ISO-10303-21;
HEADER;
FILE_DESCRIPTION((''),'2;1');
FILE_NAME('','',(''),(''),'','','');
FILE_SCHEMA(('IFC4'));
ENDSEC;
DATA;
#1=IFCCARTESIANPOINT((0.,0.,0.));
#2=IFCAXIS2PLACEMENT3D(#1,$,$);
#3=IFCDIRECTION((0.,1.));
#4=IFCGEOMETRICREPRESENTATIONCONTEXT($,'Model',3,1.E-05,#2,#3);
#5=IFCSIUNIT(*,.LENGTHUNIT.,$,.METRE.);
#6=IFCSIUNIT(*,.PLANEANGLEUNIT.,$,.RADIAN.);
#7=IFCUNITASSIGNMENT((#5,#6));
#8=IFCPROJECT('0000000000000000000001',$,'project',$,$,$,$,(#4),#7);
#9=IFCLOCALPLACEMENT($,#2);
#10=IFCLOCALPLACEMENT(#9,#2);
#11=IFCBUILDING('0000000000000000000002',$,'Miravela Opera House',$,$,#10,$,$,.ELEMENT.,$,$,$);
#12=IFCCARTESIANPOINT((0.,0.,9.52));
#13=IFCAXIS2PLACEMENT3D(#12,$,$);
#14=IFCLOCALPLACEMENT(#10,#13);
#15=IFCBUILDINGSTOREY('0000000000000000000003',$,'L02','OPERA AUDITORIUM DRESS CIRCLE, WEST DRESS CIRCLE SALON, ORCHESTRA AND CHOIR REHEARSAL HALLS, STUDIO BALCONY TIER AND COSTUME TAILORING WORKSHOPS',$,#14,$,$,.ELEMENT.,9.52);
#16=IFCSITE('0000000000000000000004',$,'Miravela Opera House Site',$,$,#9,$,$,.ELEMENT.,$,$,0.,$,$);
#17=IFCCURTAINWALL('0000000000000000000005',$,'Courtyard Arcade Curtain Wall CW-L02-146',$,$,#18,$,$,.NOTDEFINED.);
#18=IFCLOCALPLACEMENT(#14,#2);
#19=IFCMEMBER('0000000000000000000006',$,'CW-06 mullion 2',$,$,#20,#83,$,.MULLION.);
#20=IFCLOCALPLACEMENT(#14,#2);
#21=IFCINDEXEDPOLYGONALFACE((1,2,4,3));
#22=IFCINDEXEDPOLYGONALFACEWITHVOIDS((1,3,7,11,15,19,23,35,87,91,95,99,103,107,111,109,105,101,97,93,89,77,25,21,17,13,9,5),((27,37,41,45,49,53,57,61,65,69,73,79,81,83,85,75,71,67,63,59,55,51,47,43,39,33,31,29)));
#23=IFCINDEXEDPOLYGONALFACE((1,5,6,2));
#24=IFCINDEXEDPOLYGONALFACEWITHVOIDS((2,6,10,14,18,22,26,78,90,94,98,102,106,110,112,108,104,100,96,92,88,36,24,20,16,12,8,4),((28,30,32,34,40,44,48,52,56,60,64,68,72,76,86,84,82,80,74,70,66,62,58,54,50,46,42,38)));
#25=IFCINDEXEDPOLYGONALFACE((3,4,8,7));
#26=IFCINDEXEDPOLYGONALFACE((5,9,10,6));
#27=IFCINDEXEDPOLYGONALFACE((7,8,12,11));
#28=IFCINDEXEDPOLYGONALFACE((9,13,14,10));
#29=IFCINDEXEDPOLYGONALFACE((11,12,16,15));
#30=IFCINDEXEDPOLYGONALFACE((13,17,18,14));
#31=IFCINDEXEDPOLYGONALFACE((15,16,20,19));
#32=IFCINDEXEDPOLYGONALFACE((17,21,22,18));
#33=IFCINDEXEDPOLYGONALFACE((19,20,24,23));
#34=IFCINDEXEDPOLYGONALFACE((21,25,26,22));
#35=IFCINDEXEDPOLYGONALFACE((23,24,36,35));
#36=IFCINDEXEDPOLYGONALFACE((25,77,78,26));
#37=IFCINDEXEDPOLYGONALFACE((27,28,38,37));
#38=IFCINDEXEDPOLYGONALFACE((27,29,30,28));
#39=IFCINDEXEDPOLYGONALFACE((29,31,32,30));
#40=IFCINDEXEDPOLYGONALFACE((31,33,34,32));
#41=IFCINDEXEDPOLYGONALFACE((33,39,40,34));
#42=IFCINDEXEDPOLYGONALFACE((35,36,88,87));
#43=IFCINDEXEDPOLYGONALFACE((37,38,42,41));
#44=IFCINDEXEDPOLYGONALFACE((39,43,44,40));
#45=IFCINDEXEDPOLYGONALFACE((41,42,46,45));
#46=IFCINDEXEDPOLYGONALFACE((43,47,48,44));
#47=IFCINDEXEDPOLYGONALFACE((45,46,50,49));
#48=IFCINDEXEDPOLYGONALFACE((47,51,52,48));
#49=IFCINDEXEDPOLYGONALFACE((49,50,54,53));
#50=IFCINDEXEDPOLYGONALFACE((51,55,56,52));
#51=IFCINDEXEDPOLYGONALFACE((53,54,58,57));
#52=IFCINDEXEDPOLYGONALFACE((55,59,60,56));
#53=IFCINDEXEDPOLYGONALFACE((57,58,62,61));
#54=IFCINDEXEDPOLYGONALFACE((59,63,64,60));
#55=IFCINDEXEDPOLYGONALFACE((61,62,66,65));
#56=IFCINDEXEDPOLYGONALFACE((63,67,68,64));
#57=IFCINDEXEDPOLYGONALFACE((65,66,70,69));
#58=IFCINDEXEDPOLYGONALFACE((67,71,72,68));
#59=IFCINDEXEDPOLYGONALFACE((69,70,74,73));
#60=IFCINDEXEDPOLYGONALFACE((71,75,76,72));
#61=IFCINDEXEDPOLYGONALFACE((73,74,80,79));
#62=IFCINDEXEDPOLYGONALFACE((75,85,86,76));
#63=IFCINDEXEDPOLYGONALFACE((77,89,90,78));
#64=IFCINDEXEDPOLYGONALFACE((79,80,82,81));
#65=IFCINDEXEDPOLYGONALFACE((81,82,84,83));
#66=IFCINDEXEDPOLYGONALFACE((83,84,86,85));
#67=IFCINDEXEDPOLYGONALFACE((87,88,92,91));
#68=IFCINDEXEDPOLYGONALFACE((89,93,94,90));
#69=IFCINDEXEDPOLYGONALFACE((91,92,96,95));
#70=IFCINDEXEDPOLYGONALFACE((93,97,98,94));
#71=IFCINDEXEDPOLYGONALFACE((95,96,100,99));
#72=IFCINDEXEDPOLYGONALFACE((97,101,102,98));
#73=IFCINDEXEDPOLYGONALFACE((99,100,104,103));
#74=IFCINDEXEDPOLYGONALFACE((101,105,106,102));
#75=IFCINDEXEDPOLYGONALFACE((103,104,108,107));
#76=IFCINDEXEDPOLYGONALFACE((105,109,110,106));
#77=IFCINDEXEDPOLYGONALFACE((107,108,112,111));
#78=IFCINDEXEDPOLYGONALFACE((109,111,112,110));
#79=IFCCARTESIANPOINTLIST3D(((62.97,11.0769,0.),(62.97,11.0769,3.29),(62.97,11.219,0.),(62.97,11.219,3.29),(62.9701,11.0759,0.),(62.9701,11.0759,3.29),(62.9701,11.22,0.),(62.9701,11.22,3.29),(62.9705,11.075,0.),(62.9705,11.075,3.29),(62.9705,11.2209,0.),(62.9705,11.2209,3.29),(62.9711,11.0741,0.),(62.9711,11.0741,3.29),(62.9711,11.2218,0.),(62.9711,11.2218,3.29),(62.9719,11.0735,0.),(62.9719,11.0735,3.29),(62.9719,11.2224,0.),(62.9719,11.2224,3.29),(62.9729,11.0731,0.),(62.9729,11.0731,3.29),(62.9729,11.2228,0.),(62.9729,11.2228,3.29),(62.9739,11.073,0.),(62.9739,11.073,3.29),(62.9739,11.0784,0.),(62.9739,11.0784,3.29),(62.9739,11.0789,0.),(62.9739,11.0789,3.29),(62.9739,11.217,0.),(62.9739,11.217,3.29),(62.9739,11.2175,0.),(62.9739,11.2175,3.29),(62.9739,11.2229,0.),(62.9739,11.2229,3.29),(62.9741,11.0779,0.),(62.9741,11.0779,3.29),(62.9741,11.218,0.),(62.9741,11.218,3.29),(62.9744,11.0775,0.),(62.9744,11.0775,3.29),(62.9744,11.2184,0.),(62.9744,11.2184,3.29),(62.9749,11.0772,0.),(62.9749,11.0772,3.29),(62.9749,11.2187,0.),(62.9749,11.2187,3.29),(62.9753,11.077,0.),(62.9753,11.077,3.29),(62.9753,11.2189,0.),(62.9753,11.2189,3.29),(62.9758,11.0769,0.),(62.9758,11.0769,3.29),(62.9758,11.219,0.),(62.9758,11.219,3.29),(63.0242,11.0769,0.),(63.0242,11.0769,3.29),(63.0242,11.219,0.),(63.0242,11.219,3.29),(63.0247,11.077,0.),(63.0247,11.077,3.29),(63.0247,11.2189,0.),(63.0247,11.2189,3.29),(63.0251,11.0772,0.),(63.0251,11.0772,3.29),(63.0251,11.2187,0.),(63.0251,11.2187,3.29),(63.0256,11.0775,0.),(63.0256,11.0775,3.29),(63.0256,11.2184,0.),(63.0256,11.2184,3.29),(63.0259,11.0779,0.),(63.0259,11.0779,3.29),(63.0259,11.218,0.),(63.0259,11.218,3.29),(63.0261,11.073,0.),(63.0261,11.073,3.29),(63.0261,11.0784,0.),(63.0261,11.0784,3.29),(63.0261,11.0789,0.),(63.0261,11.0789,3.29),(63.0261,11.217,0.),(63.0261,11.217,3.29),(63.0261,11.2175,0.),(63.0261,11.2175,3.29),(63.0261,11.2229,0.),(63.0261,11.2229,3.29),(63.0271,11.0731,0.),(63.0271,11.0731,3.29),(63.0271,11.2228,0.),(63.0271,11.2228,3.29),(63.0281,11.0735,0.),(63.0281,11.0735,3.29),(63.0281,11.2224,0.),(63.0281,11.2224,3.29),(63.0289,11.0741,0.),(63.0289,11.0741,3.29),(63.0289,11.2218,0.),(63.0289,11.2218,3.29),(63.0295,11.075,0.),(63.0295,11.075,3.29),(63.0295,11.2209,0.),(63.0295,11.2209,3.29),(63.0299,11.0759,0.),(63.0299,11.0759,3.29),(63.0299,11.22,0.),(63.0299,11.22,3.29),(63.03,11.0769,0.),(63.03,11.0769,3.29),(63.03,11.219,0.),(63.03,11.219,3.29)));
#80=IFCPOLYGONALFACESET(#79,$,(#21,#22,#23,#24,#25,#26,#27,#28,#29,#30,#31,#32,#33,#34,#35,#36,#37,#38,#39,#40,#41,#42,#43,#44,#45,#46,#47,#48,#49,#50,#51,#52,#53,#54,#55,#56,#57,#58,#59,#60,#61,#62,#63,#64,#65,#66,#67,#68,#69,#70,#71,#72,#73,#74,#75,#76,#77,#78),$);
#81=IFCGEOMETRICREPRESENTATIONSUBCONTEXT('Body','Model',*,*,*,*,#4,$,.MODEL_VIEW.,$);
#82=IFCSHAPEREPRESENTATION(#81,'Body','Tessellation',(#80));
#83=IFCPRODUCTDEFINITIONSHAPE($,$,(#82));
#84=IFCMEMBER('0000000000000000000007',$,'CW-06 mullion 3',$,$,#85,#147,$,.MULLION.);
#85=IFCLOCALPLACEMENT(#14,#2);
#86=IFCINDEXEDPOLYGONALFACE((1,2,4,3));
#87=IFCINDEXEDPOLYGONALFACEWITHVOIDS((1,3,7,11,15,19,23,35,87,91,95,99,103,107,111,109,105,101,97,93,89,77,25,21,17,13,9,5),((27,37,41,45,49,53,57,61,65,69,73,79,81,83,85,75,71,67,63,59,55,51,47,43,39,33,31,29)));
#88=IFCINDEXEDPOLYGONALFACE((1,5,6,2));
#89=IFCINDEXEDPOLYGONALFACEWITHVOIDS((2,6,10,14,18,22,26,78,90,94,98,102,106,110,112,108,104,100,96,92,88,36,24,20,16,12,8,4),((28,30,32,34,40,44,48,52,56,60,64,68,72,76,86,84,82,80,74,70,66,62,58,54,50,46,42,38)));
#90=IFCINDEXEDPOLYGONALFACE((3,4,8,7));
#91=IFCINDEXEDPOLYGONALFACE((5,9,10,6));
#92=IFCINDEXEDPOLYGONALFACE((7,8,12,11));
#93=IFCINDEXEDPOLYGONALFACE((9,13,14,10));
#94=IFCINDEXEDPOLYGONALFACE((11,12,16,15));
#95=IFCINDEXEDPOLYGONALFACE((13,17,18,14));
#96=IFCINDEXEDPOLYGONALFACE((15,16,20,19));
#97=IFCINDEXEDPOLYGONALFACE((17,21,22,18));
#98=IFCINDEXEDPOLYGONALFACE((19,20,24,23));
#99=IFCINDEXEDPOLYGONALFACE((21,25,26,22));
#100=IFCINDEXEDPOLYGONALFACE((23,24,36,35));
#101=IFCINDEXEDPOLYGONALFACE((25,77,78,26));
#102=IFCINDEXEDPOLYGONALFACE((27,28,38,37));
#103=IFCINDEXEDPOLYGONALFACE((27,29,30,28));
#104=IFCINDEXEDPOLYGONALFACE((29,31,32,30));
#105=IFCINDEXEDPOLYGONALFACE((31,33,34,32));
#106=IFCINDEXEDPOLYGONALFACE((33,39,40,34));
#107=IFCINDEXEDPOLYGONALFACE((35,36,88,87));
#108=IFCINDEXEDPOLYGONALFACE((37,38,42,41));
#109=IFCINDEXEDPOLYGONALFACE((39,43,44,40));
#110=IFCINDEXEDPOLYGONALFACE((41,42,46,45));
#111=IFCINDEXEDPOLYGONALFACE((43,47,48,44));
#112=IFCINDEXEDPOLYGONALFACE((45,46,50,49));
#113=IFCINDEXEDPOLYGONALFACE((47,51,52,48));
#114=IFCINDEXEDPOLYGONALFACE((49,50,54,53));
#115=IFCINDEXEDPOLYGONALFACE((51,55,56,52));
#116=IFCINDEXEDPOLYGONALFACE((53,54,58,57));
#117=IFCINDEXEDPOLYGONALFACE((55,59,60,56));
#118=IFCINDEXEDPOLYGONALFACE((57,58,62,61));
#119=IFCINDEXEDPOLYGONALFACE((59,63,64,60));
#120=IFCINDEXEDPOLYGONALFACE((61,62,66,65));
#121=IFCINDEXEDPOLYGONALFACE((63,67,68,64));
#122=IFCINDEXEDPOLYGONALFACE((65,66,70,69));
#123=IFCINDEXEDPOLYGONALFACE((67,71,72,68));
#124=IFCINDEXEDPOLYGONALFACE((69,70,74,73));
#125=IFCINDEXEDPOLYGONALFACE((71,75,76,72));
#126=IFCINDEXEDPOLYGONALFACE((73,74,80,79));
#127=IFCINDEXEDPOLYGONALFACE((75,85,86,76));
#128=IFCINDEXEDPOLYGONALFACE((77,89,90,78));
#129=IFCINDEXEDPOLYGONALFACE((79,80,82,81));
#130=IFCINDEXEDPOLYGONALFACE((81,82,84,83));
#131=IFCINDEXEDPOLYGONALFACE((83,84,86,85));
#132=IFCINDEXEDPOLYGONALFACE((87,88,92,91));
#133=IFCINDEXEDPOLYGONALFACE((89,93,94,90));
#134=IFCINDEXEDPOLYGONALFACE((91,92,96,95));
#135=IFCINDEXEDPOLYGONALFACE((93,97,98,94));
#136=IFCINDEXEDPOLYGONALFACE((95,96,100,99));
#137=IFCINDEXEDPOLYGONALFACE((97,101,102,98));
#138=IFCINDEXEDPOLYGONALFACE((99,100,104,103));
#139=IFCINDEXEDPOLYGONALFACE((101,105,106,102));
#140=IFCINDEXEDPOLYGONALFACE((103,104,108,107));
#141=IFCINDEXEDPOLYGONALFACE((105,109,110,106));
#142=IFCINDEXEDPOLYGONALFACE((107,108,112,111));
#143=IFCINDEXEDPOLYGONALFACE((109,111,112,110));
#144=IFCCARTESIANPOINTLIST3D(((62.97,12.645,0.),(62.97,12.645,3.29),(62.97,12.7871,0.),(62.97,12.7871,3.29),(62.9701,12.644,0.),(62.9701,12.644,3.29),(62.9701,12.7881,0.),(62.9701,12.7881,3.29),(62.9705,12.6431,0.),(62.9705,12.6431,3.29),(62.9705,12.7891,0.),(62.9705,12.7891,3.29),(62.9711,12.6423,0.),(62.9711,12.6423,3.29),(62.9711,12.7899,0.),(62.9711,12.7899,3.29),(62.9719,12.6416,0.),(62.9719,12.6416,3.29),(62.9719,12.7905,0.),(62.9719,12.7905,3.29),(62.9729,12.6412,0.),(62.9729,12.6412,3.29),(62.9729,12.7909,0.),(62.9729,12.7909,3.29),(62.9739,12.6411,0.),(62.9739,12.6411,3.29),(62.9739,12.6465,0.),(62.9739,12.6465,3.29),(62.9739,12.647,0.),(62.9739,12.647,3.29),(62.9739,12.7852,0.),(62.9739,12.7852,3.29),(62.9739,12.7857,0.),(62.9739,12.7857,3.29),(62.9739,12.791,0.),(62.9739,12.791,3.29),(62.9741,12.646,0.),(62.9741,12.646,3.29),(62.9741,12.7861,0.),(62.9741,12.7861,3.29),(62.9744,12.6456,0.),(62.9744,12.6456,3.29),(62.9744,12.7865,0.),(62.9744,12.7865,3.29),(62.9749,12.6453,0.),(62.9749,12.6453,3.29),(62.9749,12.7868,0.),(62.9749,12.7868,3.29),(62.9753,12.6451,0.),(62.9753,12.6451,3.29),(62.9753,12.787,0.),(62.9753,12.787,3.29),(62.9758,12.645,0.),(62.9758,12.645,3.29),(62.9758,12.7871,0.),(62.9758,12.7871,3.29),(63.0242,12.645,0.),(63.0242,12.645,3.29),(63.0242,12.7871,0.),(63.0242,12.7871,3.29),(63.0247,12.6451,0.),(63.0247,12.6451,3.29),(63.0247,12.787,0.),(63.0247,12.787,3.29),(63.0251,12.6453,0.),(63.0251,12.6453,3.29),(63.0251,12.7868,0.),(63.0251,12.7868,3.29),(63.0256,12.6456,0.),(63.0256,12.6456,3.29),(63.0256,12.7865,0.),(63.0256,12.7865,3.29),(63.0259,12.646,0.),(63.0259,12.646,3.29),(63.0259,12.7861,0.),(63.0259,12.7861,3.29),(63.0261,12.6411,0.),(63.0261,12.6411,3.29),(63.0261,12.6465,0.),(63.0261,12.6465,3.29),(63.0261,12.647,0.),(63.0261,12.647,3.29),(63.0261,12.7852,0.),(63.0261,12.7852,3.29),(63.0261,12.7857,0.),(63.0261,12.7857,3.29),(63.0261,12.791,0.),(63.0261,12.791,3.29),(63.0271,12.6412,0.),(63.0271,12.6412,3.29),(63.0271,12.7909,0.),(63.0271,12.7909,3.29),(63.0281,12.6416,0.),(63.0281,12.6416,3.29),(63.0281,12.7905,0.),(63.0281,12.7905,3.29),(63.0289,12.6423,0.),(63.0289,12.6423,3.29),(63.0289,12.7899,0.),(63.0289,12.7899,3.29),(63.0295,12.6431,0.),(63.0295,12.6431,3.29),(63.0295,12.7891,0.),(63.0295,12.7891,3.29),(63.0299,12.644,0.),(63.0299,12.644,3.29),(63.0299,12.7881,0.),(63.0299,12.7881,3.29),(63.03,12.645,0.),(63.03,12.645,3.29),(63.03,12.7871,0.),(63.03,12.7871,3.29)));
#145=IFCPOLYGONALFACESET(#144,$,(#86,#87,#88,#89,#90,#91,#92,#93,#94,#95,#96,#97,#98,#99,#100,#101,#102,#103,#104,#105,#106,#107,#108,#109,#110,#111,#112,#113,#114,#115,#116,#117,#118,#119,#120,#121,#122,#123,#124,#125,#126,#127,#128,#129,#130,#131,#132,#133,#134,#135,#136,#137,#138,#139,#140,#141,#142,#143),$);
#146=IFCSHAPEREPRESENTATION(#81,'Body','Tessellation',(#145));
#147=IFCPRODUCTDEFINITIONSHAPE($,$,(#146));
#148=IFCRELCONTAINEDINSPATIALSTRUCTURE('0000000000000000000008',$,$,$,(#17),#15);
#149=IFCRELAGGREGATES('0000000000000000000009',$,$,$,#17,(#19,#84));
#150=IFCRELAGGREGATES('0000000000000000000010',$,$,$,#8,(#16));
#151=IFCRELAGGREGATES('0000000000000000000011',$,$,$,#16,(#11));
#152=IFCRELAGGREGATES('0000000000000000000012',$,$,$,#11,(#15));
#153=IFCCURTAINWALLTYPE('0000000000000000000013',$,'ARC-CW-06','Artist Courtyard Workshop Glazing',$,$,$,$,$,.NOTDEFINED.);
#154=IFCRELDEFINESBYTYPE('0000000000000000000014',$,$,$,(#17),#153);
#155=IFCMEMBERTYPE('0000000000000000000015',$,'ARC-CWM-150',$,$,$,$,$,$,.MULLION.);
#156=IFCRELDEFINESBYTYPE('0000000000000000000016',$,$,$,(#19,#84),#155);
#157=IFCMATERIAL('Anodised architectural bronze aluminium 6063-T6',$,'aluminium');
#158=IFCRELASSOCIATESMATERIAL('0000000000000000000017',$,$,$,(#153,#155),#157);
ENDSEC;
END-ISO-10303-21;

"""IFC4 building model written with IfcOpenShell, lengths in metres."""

from ifc_helpers import new_model, si_unit, direction, frame, origin, origin_2d, place, context, subcontext, project, spatial, hollow_rectangle, extrude, material, material_profile, profile_set, type_object, element, aggregate, save


model = new_model("IFC4")

# Units and contexts
model_context = context("Model", 3, precision=1e-05, world=origin(), true_north=direction((0.0, 1.0)))
body_context = subcontext(model_context, "Body", "Model", "MODEL_VIEW")
ifc_project = project(units=[si_unit("LENGTHUNIT", "METRE"), si_unit("PLANEANGLEUNIT", "RADIAN")], contexts=[model_context])

# Site, building, storey
site_placement = place(None, origin())
site = spatial("IfcSite", under=ifc_project, at=site_placement, Name="Miravela Opera House Site", CompositionType="ELEMENT", RefElevation=0.0)
building_placement = place(site_placement, origin())
building = spatial("IfcBuilding", under=site, at=building_placement, Name="Miravela Opera House", CompositionType="ELEMENT")
storey_placement = place(building_placement, frame((0.0, 0.0, 9.52)))
storey = spatial("IfcBuildingStorey", under=building, at=storey_placement, Name="L02", Description="OPERA AUDITORIUM DRESS CIRCLE, WEST DRESS CIRCLE SALON, ORCHESTRA AND CHOIR REHEARSAL HALLS, STUDIO BALCONY TIER AND COSTUME TAILORING WORKSHOPS", CompositionType="ELEMENT", Elevation=9.52)

# Curtain wall, members
ifc_material_1 = material(Name="Anodised architectural bronze aluminium 6063-T6", Category="aluminium")
curtain_wall_type = type_object("IfcCurtainWallType", Name="ARC-CW-06", Description="Artist Courtyard Workshop Glazing", PredefinedType="NOTDEFINED", material=ifc_material_1)
curtain_wall_placement = place(storey_placement, origin())
curtain_wall = element("IfcCurtainWall", 1, at=curtain_wall_placement, inside=storey, type_object=curtain_wall_type, Name="Courtyard Arcade Curtain Wall CW-L02-146", PredefinedType="NOTDEFINED")
ifc_material_profile_1 = material_profile(ifc_material_1, hollow_rectangle(XDim=0.0601, YDim=0.1499, WallThickness=0.0039, InnerFilletRadius=0.002, OuterFilletRadius=0.0039, at=origin_2d()), Name="CWM-60X150")
ifc_profile_set_1 = profile_set([ifc_material_profile_1])
member_type_1 = type_object("IfcMemberType", Name="ARC-CWM-150", PredefinedType="MULLION", material=ifc_profile_set_1)
member_1_placement = place(storey_placement, frame((63.0, 11.1479, 0.0), z_axis=(0.0, 0.0, 1.0), x_axis=(-1.0, 0.0, 0.0)))
member_1 = element("IfcMember", 2, at=member_1_placement, type_object=member_type_1, Name="CW-06 mullion 2", PredefinedType="MULLION", context=body_context, shape_type="SweptSolid", body=[
    extrude(hollow_rectangle(XDim=0.0601, YDim=0.1499, WallThickness=0.0039, InnerFilletRadius=0.002, OuterFilletRadius=0.0039, at=origin_2d()), origin(), (0.0, 0.0, 1.0), 3.29),
])
member_2_placement = place(storey_placement, frame((63.0, 12.7161, 0.0), z_axis=(0.0, 0.0, 1.0), x_axis=(-1.0, 0.0, 0.0)))
member_2 = element("IfcMember", 3, at=member_2_placement, type_object=member_type_1, Name="CW-06 mullion 3", PredefinedType="MULLION", context=body_context, shape_type="SweptSolid", body=[
    extrude(hollow_rectangle(XDim=0.0601, YDim=0.1499, WallThickness=0.0039, InnerFilletRadius=0.002, OuterFilletRadius=0.0039, at=origin_2d()), origin(), (0.0, 0.0, 1.0), 3.29),
])

aggregate(curtain_wall, [member_1, member_2])

save(model, "model.ifc")
